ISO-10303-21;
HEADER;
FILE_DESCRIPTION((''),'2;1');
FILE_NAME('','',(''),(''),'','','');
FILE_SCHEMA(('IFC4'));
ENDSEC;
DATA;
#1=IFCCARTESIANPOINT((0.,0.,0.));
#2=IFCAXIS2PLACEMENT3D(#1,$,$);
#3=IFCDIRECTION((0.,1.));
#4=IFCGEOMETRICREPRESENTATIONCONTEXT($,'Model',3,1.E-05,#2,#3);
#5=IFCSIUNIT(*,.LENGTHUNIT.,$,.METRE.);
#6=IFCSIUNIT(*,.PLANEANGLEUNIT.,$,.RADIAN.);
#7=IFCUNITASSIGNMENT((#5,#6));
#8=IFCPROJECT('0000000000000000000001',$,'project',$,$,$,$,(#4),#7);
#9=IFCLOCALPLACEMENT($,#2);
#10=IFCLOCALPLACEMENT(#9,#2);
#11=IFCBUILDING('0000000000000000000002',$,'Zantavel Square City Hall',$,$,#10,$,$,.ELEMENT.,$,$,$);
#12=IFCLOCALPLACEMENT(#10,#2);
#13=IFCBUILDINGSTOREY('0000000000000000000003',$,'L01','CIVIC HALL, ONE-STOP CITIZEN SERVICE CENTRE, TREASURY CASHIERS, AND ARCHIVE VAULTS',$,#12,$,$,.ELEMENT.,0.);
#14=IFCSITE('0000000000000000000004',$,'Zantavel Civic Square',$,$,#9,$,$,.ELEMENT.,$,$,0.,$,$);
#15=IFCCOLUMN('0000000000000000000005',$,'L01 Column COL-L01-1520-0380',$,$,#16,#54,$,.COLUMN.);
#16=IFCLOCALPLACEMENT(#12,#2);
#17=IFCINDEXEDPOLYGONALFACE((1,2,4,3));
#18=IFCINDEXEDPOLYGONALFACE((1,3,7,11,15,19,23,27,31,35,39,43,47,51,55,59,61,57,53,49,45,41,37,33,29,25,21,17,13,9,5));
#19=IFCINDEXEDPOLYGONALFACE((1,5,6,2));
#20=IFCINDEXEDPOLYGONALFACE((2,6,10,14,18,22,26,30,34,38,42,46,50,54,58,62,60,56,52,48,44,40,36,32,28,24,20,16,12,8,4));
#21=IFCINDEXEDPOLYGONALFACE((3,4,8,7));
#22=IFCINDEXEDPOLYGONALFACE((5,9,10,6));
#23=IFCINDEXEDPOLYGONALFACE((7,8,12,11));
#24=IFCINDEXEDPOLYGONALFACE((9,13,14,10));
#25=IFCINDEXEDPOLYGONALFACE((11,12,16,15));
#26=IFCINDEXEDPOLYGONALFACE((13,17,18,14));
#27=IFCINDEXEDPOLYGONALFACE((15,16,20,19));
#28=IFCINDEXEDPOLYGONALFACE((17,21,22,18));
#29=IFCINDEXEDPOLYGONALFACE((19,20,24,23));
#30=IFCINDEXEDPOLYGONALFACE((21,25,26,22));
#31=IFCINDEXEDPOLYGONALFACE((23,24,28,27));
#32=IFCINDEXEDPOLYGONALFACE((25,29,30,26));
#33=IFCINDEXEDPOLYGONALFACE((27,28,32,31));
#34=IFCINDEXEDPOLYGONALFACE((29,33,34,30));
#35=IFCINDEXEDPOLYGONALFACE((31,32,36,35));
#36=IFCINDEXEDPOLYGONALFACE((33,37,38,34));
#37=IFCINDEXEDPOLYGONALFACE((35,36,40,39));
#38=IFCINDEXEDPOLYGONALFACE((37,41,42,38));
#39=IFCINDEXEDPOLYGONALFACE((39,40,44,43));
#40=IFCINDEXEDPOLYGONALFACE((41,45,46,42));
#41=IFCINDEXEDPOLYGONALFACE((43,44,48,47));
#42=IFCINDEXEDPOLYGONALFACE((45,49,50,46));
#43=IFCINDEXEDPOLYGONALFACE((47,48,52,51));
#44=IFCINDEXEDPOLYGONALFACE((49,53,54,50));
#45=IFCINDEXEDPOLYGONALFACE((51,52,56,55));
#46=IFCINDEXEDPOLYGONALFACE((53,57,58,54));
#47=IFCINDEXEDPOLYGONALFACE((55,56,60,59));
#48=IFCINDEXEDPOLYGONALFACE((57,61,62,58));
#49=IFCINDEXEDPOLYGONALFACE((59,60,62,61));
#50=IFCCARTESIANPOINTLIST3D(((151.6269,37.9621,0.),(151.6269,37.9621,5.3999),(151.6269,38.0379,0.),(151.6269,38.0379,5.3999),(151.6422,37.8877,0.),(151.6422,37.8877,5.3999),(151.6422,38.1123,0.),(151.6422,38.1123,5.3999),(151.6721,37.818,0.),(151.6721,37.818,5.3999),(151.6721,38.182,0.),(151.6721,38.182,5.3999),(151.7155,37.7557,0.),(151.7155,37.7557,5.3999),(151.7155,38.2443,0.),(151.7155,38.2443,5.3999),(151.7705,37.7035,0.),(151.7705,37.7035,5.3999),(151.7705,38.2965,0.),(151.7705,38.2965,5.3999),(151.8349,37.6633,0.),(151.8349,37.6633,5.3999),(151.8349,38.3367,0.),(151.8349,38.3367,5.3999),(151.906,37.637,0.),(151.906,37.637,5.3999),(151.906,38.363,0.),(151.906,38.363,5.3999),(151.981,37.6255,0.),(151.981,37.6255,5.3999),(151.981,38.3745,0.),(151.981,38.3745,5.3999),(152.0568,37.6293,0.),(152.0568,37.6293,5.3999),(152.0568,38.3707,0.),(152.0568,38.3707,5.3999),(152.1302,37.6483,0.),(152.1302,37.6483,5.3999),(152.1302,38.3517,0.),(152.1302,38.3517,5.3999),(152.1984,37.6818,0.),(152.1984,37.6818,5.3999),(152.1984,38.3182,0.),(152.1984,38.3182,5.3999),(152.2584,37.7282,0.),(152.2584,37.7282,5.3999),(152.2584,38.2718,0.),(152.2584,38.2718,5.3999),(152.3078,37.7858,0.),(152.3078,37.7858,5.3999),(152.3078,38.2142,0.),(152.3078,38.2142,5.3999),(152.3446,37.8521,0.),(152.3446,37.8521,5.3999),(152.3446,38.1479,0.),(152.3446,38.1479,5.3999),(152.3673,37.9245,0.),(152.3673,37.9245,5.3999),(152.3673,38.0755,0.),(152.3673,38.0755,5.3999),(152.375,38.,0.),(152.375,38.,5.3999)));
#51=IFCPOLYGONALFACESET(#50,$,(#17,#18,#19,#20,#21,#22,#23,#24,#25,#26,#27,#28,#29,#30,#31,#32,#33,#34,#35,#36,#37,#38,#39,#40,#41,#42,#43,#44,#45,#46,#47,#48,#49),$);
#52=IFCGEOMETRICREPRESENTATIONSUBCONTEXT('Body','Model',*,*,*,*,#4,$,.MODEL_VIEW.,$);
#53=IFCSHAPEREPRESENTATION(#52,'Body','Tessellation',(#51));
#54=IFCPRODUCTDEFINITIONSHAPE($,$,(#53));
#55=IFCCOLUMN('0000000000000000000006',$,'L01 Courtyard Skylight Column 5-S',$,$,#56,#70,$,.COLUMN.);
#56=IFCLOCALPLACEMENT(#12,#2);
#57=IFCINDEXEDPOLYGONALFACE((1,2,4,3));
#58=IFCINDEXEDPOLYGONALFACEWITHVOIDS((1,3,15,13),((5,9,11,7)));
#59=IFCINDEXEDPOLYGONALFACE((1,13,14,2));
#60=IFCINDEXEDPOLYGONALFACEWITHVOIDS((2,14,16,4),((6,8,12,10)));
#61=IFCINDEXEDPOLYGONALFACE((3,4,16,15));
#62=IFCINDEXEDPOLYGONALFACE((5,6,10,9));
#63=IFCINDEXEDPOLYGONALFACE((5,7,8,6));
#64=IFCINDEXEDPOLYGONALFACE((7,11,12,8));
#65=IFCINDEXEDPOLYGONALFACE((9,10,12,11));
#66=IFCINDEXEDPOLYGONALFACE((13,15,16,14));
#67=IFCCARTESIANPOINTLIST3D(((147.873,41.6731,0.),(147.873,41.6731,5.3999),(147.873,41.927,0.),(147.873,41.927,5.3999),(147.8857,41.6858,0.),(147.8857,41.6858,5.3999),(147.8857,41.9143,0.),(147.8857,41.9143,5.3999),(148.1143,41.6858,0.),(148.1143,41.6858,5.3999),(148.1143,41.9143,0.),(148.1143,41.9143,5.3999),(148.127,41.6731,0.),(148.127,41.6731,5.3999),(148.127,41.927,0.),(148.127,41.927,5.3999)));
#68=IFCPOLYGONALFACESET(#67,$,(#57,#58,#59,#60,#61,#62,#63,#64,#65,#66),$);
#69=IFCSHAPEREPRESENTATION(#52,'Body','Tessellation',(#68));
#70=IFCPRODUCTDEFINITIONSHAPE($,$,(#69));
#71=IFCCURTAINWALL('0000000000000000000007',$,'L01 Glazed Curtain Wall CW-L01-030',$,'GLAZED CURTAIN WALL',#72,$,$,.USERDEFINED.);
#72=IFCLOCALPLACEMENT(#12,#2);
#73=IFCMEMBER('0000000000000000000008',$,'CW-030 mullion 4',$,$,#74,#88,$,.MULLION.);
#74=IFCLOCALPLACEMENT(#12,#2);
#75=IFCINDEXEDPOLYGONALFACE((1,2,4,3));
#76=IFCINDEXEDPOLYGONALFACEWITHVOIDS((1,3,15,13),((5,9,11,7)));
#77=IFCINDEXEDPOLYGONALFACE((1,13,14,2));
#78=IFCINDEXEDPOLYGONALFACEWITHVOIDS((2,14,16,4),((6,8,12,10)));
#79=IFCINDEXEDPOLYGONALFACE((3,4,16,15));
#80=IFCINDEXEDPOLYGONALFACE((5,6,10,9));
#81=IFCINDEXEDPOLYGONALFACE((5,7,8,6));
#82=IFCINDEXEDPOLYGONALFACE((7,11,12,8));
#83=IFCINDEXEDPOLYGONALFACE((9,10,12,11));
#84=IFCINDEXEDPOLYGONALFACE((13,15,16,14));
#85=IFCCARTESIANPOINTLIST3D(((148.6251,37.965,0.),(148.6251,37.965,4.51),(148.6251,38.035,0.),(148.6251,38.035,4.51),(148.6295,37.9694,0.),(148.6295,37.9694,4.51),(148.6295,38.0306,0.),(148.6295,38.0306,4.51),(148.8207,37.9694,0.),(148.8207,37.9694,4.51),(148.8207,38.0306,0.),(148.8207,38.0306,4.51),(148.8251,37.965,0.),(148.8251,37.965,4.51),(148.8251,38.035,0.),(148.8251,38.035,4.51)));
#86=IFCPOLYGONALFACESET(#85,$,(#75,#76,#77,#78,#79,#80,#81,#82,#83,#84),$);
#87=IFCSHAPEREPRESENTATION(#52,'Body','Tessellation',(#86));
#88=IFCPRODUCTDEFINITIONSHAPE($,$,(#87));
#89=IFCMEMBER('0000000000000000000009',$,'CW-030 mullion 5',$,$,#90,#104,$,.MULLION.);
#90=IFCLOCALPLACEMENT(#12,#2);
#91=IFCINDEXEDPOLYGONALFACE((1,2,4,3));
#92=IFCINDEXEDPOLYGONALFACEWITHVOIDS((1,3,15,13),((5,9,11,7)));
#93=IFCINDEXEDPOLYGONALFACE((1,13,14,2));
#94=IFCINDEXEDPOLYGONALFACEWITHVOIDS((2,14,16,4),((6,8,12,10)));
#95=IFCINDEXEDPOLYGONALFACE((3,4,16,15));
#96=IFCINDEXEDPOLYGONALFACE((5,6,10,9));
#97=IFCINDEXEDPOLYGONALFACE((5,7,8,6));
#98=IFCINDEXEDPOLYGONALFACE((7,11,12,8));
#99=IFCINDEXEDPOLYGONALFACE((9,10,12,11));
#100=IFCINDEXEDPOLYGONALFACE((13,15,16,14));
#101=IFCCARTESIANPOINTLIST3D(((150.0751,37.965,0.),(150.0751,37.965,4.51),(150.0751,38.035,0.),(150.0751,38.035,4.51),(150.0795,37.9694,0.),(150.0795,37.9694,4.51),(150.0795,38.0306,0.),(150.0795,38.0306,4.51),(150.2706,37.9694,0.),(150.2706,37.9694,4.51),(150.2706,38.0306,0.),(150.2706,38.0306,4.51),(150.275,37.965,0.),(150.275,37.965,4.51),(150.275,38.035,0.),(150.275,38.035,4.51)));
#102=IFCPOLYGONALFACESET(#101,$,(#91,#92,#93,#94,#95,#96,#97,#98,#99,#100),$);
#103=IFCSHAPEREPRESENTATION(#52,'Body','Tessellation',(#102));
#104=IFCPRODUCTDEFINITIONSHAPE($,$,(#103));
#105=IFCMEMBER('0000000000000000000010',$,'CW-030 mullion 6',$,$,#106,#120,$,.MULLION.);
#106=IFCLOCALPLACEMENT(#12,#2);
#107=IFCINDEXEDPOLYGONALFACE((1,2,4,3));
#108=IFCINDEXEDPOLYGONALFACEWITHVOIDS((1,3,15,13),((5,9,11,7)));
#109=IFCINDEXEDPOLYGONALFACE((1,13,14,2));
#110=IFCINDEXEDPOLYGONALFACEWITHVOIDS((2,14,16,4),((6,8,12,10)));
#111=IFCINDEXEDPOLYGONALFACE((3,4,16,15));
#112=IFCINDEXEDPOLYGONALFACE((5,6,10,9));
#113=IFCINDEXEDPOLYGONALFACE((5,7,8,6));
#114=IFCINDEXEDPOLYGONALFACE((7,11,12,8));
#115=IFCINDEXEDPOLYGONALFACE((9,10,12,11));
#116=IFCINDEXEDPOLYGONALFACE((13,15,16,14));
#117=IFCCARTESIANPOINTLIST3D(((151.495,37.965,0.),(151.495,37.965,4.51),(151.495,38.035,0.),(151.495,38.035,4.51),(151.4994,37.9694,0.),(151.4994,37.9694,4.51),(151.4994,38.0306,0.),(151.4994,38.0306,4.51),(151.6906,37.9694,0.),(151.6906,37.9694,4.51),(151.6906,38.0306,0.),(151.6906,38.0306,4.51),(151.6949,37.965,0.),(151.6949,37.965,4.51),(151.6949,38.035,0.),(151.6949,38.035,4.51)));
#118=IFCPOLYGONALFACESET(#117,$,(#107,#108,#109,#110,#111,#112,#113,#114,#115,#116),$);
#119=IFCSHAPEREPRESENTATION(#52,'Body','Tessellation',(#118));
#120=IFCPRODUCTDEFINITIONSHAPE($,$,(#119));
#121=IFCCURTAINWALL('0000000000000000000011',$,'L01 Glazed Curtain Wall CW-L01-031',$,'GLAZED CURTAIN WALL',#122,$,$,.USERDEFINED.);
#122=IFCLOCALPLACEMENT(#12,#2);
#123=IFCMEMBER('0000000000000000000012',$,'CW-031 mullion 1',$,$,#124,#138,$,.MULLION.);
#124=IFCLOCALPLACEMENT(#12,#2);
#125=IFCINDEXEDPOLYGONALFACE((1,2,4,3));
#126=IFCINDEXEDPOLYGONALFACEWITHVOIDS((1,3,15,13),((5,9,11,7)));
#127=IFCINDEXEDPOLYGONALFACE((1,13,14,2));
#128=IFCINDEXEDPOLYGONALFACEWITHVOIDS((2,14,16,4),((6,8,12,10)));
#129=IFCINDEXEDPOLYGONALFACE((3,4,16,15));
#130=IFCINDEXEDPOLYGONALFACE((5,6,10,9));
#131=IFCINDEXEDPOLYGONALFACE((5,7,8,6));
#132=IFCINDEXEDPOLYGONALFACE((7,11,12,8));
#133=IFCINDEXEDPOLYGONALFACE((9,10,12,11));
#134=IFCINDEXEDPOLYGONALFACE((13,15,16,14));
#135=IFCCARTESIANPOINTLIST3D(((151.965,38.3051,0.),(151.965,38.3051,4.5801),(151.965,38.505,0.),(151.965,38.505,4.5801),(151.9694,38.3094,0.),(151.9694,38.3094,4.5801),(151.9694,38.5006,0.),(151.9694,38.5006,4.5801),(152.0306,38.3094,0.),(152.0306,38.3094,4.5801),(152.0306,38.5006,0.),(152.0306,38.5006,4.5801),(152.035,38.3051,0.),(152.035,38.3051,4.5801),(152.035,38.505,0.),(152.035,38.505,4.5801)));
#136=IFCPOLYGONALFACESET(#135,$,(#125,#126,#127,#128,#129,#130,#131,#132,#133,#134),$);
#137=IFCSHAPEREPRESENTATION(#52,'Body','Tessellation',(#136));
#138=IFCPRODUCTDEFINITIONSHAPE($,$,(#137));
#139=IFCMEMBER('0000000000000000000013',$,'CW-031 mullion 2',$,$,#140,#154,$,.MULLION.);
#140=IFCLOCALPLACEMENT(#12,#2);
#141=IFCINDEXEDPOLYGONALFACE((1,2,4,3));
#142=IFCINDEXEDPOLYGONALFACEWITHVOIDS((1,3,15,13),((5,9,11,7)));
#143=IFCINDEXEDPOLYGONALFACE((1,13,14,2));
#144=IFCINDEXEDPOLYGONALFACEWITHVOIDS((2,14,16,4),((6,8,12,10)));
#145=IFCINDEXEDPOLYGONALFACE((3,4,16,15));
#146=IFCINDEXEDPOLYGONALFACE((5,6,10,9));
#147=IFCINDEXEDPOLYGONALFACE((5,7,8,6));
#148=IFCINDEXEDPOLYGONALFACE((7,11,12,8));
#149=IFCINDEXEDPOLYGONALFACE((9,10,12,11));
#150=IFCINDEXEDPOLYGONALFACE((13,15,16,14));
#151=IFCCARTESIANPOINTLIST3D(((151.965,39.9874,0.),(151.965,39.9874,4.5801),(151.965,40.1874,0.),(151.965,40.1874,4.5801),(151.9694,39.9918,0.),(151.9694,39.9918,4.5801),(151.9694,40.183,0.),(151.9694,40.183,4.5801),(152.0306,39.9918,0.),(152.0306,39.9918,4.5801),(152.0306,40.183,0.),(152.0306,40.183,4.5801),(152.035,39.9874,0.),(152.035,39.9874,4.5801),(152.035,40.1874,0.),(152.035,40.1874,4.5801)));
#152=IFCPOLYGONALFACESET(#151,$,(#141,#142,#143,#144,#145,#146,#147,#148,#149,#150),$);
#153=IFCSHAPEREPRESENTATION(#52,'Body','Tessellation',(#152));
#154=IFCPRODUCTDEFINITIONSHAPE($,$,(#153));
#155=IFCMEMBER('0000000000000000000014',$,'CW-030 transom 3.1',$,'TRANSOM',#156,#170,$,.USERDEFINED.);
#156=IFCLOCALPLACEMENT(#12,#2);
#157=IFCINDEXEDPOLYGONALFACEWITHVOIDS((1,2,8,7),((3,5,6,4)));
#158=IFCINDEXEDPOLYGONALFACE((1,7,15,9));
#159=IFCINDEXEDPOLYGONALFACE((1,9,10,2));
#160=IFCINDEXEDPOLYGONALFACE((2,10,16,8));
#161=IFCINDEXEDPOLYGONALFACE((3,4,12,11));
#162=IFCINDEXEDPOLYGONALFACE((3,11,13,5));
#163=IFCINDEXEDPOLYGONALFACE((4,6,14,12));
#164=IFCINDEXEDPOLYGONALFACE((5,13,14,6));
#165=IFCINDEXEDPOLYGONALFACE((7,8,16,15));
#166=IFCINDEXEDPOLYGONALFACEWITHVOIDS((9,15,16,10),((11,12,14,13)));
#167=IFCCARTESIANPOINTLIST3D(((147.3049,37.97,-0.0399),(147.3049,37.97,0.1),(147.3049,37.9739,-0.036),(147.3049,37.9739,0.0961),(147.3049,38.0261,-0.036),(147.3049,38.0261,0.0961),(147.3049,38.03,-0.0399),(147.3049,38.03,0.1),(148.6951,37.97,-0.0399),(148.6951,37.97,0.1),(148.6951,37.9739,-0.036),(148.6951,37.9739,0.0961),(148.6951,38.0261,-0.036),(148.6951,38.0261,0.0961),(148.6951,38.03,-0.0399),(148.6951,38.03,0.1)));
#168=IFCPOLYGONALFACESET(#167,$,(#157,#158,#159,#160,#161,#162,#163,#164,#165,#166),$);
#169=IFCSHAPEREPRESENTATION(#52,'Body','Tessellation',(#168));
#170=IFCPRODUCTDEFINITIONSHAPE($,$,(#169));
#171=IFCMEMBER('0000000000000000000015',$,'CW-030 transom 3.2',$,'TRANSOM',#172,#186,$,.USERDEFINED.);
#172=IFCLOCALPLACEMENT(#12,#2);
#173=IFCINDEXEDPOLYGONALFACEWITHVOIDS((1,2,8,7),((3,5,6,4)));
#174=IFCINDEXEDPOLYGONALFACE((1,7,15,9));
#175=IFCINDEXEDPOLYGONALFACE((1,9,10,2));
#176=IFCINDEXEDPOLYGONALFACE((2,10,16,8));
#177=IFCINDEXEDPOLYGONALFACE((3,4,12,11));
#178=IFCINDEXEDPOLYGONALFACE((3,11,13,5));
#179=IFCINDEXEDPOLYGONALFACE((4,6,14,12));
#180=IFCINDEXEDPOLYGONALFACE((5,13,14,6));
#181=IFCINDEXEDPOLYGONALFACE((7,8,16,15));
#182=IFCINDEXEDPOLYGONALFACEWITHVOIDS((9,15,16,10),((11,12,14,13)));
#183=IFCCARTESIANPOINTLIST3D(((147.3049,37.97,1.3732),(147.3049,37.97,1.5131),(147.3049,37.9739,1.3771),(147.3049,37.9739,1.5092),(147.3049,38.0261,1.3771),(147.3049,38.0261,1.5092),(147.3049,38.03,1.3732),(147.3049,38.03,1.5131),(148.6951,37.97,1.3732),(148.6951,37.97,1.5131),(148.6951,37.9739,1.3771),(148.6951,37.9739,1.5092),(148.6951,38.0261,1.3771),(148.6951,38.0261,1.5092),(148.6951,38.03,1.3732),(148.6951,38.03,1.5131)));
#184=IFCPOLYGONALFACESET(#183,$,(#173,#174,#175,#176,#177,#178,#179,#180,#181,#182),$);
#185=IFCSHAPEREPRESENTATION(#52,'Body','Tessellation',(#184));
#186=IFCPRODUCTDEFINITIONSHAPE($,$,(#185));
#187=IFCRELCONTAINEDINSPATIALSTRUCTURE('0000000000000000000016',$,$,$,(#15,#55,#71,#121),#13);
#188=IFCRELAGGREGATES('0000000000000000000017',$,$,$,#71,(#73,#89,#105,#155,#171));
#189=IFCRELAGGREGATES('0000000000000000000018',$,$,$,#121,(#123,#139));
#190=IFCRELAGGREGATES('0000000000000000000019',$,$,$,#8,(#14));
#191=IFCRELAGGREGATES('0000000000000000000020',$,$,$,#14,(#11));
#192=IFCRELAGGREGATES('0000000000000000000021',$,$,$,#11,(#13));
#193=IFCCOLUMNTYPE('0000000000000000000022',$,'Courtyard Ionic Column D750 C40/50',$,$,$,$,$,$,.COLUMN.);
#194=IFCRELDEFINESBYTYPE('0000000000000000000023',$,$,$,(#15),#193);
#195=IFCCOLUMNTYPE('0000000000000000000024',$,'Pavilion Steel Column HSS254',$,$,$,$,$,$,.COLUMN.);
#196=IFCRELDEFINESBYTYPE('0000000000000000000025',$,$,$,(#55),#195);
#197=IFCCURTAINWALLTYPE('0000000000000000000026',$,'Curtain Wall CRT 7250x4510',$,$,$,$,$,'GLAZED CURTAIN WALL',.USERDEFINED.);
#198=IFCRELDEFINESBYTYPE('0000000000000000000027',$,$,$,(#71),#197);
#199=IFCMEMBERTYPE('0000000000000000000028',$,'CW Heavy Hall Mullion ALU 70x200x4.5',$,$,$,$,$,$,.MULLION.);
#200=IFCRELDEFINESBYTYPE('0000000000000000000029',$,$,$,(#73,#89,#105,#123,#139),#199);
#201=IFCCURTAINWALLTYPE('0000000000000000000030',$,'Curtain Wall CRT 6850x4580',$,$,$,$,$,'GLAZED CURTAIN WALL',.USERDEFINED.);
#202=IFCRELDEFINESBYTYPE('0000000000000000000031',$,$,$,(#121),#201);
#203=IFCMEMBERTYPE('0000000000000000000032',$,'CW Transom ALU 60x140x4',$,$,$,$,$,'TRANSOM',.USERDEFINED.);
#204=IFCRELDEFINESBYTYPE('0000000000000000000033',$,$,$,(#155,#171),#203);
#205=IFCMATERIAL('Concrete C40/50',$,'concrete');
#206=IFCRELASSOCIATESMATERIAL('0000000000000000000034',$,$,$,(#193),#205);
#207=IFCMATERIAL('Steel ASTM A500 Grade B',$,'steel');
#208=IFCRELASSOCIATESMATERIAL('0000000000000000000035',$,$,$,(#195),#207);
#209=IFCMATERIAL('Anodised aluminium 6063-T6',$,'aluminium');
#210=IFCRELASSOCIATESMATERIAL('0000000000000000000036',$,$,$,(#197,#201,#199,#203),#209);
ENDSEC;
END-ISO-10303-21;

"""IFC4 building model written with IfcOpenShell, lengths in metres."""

from ifc_helpers import new_model, si_unit, direction, frame, origin, origin_2d, place, context, subcontext, project, spatial, hollow_rectangle, circle, extrude, material, material_profile, profile_set, type_object, element, aggregate, save


model = new_model("IFC4")

# Units and contexts
model_context = context("Model", 3, precision=1e-05, world=origin(), true_north=direction((0.0, 1.0)))
body_context = subcontext(model_context, "Body", "Model", "MODEL_VIEW")
ifc_project = project(units=[si_unit("LENGTHUNIT", "METRE"), si_unit("PLANEANGLEUNIT", "RADIAN")], contexts=[model_context])

# Site, building, storey
site_placement = place(None, origin())
site = spatial("IfcSite", under=ifc_project, at=site_placement, Name="Zantavel Civic Square", CompositionType="ELEMENT", RefElevation=0.0)
building_placement = place(site_placement, origin())
building = spatial("IfcBuilding", under=site, at=building_placement, Name="Zantavel Square City Hall", CompositionType="ELEMENT")
storey_placement = place(building_placement, origin())
storey = spatial("IfcBuildingStorey", under=building, at=storey_placement, Name="L01", Description="CIVIC HALL, ONE-STOP CITIZEN SERVICE CENTRE, TREASURY CASHIERS, AND ARCHIVE VAULTS", CompositionType="ELEMENT", Elevation=0.0)

# Columns
ifc_material_1 = material(Name="Concrete C40/50", Category="concrete")
ifc_material_profile_1 = material_profile(ifc_material_1, circle(Radius=0.375, at=origin_2d()), Name="ROUND D750")
ifc_profile_set_1 = profile_set([ifc_material_profile_1], Name="Concrete C40/50")
column_type_1 = type_object("IfcColumnType", Name="Courtyard Ionic Column D750 C40/50", PredefinedType="COLUMN", material=ifc_profile_set_1)
column_1_placement = place(storey_placement, frame((152.0, 38.0, 0.0), z_axis=(0.0, 0.0, 1.0), x_axis=(1.0, 0.0, 0.0)))
element("IfcColumn", 1, at=column_1_placement, inside=storey, type_object=column_type_1, Name="L01 Column COL-L01-1520-0380", PredefinedType="COLUMN", context=body_context, shape_type="SweptSolid", body=[
    extrude(circle(Radius=0.375, at=origin_2d()), origin(), (0.0, 0.0, 1.0), 5.3999),
])
ifc_material_2 = material(Name="Steel ASTM A500 Grade B", Category="steel")
ifc_material_profile_2 = material_profile(ifc_material_2, hollow_rectangle(XDim=0.2539, YDim=0.2539, WallThickness=0.0127, at=origin_2d()), Name="HSS 254x254x12.7")
ifc_profile_set_2 = profile_set([ifc_material_profile_2], Name="Steel ASTM A500 Grade B")
column_type_2 = type_object("IfcColumnType", Name="Pavilion Steel Column HSS254", PredefinedType="COLUMN", material=ifc_profile_set_2)
column_2_placement = place(storey_placement, frame((148.0, 41.8, 0.0), z_axis=(0.0, 0.0, 1.0), x_axis=(1.0, 0.0, 0.0)))
element("IfcColumn", 2, at=column_2_placement, inside=storey, type_object=column_type_2, Name="L01 Courtyard Skylight Column 5-S", PredefinedType="COLUMN", context=body_context, shape_type="SweptSolid", body=[
    extrude(hollow_rectangle(XDim=0.2539, YDim=0.2539, WallThickness=0.0127, at=origin_2d()), origin(), (0.0, 0.0, 1.0), 5.3999),
])

# Curtain walls, members
ifc_material_3 = material(Name="Anodised aluminium 6063-T6", Category="aluminium")
curtain_wall_type_1 = type_object("IfcCurtainWallType", Name="Curtain Wall CRT 7250x4510", ElementType="GLAZED CURTAIN WALL", PredefinedType="USERDEFINED", material=ifc_material_3)
curtain_wall_1_placement = place(storey_placement, origin())
curtain_wall_1 = element("IfcCurtainWall", 3, at=curtain_wall_1_placement, inside=storey, type_object=curtain_wall_type_1, Name="L01 Glazed Curtain Wall CW-L01-030", ObjectType="GLAZED CURTAIN WALL", PredefinedType="USERDEFINED")
ifc_material_profile_3 = material_profile(ifc_material_3, hollow_rectangle(XDim=0.0701, YDim=0.2, WallThickness=0.0044, at=origin_2d()), Name="ALU 70x200x4.5")
ifc_profile_set_3 = profile_set([ifc_material_profile_3], Name="Anodised aluminium 6063-T6")
member_type_1 = type_object("IfcMemberType", Name="CW Heavy Hall Mullion ALU 70x200x4.5", PredefinedType="MULLION", material=ifc_profile_set_3)
member_1_placement = place(storey_placement, frame((148.7251, 38.0, 0.0), z_axis=(0.0, 0.0, 1.0), x_axis=(0.0, 1.0, 0.0)))
member_1 = element("IfcMember", 4, at=member_1_placement, type_object=member_type_1, Name="CW-030 mullion 4", PredefinedType="MULLION", context=body_context, shape_type="SweptSolid", body=[
    extrude(hollow_rectangle(XDim=0.0701, YDim=0.2, WallThickness=0.0044, at=origin_2d()), origin(), (0.0, 0.0, 1.0), 4.51),
])
member_2_placement = place(storey_placement, frame((150.175, 38.0, 0.0), z_axis=(0.0, 0.0, 1.0), x_axis=(0.0, 1.0, 0.0)))
member_2 = element("IfcMember", 5, at=member_2_placement, type_object=member_type_1, Name="CW-030 mullion 5", PredefinedType="MULLION", context=body_context, shape_type="SweptSolid", body=[
    extrude(hollow_rectangle(XDim=0.0701, YDim=0.2, WallThickness=0.0044, at=origin_2d()), origin(), (0.0, 0.0, 1.0), 4.51),
])
member_3_placement = place(storey_placement, frame((151.595, 38.0, 0.0), z_axis=(0.0, 0.0, 1.0), x_axis=(0.0, 1.0, 0.0)))
member_3 = element("IfcMember", 6, at=member_3_placement, type_object=member_type_1, Name="CW-030 mullion 6", PredefinedType="MULLION", context=body_context, shape_type="SweptSolid", body=[
    extrude(hollow_rectangle(XDim=0.0701, YDim=0.2, WallThickness=0.0044, at=origin_2d()), origin(), (0.0, 0.0, 1.0), 4.51),
])
curtain_wall_type_2 = type_object("IfcCurtainWallType", Name="Curtain Wall CRT 6850x4580", ElementType="GLAZED CURTAIN WALL", PredefinedType="USERDEFINED", material=ifc_material_3)
curtain_wall_2_placement = place(storey_placement, origin())
curtain_wall_2 = element("IfcCurtainWall", 7, at=curtain_wall_2_placement, inside=storey, type_object=curtain_wall_type_2, Name="L01 Glazed Curtain Wall CW-L01-031", ObjectType="GLAZED CURTAIN WALL", PredefinedType="USERDEFINED")
member_4_placement = place(storey_placement, frame((152.0, 38.405, 0.0), z_axis=(0.0, 0.0, 1.0), x_axis=(-1.0, 0.0, 0.0)))
member_4 = element("IfcMember", 8, at=member_4_placement, type_object=member_type_1, Name="CW-031 mullion 1", PredefinedType="MULLION", context=body_context, shape_type="SweptSolid", body=[
    extrude(hollow_rectangle(XDim=0.0701, YDim=0.2, WallThickness=0.0044, at=origin_2d()), origin(), (0.0, 0.0, 1.0), 4.5801),
])
member_5_placement = place(storey_placement, frame((152.0, 40.0874, 0.0), z_axis=(0.0, 0.0, 1.0), x_axis=(-1.0, 0.0, 0.0)))
member_5 = element("IfcMember", 9, at=member_5_placement, type_object=member_type_1, Name="CW-031 mullion 2", PredefinedType="MULLION", context=body_context, shape_type="SweptSolid", body=[
    extrude(hollow_rectangle(XDim=0.0701, YDim=0.2, WallThickness=0.0044, at=origin_2d()), origin(), (0.0, 0.0, 1.0), 4.5801),
])

# Members
ifc_material_profile_4 = material_profile(ifc_material_3, hollow_rectangle(XDim=0.0601, YDim=0.1399, WallThickness=0.0039, at=origin_2d()), Name="ALU 60x140x4")
ifc_profile_set_4 = profile_set([ifc_material_profile_4], Name="Anodised aluminium 6063-T6")
member_type_2 = type_object("IfcMemberType", Name="CW Transom ALU 60x140x4", ElementType="TRANSOM", PredefinedType="USERDEFINED", material=ifc_profile_set_4)
member_6_placement = place(storey_placement, frame((147.3049, 38.0, 0.03), z_axis=(1.0, 0.0, 0.0), x_axis=(0.0, 1.0, 0.0)))
member_6 = element("IfcMember", 10, at=member_6_placement, type_object=member_type_2, Name="CW-030 transom 3.1", ObjectType="TRANSOM", PredefinedType="USERDEFINED", context=body_context, shape_type="SweptSolid", body=[
    extrude(hollow_rectangle(XDim=0.0601, YDim=0.1399, WallThickness=0.0039, at=origin_2d()), origin(), (0.0, 0.0, 1.0), 1.3901),
])
member_7_placement = place(storey_placement, frame((147.3049, 38.0, 1.4431), z_axis=(1.0, 0.0, 0.0), x_axis=(0.0, 1.0, 0.0)))
member_7 = element("IfcMember", 11, at=member_7_placement, type_object=member_type_2, Name="CW-030 transom 3.2", ObjectType="TRANSOM", PredefinedType="USERDEFINED", context=body_context, shape_type="SweptSolid", body=[
    extrude(hollow_rectangle(XDim=0.0601, YDim=0.1399, WallThickness=0.0039, at=origin_2d()), origin(), (0.0, 0.0, 1.0), 1.3901),
])

aggregate(curtain_wall_1, [member_1, member_2, member_3, member_6, member_7])
aggregate(curtain_wall_2, [member_4, member_5])

save(model, "model.ifc")
